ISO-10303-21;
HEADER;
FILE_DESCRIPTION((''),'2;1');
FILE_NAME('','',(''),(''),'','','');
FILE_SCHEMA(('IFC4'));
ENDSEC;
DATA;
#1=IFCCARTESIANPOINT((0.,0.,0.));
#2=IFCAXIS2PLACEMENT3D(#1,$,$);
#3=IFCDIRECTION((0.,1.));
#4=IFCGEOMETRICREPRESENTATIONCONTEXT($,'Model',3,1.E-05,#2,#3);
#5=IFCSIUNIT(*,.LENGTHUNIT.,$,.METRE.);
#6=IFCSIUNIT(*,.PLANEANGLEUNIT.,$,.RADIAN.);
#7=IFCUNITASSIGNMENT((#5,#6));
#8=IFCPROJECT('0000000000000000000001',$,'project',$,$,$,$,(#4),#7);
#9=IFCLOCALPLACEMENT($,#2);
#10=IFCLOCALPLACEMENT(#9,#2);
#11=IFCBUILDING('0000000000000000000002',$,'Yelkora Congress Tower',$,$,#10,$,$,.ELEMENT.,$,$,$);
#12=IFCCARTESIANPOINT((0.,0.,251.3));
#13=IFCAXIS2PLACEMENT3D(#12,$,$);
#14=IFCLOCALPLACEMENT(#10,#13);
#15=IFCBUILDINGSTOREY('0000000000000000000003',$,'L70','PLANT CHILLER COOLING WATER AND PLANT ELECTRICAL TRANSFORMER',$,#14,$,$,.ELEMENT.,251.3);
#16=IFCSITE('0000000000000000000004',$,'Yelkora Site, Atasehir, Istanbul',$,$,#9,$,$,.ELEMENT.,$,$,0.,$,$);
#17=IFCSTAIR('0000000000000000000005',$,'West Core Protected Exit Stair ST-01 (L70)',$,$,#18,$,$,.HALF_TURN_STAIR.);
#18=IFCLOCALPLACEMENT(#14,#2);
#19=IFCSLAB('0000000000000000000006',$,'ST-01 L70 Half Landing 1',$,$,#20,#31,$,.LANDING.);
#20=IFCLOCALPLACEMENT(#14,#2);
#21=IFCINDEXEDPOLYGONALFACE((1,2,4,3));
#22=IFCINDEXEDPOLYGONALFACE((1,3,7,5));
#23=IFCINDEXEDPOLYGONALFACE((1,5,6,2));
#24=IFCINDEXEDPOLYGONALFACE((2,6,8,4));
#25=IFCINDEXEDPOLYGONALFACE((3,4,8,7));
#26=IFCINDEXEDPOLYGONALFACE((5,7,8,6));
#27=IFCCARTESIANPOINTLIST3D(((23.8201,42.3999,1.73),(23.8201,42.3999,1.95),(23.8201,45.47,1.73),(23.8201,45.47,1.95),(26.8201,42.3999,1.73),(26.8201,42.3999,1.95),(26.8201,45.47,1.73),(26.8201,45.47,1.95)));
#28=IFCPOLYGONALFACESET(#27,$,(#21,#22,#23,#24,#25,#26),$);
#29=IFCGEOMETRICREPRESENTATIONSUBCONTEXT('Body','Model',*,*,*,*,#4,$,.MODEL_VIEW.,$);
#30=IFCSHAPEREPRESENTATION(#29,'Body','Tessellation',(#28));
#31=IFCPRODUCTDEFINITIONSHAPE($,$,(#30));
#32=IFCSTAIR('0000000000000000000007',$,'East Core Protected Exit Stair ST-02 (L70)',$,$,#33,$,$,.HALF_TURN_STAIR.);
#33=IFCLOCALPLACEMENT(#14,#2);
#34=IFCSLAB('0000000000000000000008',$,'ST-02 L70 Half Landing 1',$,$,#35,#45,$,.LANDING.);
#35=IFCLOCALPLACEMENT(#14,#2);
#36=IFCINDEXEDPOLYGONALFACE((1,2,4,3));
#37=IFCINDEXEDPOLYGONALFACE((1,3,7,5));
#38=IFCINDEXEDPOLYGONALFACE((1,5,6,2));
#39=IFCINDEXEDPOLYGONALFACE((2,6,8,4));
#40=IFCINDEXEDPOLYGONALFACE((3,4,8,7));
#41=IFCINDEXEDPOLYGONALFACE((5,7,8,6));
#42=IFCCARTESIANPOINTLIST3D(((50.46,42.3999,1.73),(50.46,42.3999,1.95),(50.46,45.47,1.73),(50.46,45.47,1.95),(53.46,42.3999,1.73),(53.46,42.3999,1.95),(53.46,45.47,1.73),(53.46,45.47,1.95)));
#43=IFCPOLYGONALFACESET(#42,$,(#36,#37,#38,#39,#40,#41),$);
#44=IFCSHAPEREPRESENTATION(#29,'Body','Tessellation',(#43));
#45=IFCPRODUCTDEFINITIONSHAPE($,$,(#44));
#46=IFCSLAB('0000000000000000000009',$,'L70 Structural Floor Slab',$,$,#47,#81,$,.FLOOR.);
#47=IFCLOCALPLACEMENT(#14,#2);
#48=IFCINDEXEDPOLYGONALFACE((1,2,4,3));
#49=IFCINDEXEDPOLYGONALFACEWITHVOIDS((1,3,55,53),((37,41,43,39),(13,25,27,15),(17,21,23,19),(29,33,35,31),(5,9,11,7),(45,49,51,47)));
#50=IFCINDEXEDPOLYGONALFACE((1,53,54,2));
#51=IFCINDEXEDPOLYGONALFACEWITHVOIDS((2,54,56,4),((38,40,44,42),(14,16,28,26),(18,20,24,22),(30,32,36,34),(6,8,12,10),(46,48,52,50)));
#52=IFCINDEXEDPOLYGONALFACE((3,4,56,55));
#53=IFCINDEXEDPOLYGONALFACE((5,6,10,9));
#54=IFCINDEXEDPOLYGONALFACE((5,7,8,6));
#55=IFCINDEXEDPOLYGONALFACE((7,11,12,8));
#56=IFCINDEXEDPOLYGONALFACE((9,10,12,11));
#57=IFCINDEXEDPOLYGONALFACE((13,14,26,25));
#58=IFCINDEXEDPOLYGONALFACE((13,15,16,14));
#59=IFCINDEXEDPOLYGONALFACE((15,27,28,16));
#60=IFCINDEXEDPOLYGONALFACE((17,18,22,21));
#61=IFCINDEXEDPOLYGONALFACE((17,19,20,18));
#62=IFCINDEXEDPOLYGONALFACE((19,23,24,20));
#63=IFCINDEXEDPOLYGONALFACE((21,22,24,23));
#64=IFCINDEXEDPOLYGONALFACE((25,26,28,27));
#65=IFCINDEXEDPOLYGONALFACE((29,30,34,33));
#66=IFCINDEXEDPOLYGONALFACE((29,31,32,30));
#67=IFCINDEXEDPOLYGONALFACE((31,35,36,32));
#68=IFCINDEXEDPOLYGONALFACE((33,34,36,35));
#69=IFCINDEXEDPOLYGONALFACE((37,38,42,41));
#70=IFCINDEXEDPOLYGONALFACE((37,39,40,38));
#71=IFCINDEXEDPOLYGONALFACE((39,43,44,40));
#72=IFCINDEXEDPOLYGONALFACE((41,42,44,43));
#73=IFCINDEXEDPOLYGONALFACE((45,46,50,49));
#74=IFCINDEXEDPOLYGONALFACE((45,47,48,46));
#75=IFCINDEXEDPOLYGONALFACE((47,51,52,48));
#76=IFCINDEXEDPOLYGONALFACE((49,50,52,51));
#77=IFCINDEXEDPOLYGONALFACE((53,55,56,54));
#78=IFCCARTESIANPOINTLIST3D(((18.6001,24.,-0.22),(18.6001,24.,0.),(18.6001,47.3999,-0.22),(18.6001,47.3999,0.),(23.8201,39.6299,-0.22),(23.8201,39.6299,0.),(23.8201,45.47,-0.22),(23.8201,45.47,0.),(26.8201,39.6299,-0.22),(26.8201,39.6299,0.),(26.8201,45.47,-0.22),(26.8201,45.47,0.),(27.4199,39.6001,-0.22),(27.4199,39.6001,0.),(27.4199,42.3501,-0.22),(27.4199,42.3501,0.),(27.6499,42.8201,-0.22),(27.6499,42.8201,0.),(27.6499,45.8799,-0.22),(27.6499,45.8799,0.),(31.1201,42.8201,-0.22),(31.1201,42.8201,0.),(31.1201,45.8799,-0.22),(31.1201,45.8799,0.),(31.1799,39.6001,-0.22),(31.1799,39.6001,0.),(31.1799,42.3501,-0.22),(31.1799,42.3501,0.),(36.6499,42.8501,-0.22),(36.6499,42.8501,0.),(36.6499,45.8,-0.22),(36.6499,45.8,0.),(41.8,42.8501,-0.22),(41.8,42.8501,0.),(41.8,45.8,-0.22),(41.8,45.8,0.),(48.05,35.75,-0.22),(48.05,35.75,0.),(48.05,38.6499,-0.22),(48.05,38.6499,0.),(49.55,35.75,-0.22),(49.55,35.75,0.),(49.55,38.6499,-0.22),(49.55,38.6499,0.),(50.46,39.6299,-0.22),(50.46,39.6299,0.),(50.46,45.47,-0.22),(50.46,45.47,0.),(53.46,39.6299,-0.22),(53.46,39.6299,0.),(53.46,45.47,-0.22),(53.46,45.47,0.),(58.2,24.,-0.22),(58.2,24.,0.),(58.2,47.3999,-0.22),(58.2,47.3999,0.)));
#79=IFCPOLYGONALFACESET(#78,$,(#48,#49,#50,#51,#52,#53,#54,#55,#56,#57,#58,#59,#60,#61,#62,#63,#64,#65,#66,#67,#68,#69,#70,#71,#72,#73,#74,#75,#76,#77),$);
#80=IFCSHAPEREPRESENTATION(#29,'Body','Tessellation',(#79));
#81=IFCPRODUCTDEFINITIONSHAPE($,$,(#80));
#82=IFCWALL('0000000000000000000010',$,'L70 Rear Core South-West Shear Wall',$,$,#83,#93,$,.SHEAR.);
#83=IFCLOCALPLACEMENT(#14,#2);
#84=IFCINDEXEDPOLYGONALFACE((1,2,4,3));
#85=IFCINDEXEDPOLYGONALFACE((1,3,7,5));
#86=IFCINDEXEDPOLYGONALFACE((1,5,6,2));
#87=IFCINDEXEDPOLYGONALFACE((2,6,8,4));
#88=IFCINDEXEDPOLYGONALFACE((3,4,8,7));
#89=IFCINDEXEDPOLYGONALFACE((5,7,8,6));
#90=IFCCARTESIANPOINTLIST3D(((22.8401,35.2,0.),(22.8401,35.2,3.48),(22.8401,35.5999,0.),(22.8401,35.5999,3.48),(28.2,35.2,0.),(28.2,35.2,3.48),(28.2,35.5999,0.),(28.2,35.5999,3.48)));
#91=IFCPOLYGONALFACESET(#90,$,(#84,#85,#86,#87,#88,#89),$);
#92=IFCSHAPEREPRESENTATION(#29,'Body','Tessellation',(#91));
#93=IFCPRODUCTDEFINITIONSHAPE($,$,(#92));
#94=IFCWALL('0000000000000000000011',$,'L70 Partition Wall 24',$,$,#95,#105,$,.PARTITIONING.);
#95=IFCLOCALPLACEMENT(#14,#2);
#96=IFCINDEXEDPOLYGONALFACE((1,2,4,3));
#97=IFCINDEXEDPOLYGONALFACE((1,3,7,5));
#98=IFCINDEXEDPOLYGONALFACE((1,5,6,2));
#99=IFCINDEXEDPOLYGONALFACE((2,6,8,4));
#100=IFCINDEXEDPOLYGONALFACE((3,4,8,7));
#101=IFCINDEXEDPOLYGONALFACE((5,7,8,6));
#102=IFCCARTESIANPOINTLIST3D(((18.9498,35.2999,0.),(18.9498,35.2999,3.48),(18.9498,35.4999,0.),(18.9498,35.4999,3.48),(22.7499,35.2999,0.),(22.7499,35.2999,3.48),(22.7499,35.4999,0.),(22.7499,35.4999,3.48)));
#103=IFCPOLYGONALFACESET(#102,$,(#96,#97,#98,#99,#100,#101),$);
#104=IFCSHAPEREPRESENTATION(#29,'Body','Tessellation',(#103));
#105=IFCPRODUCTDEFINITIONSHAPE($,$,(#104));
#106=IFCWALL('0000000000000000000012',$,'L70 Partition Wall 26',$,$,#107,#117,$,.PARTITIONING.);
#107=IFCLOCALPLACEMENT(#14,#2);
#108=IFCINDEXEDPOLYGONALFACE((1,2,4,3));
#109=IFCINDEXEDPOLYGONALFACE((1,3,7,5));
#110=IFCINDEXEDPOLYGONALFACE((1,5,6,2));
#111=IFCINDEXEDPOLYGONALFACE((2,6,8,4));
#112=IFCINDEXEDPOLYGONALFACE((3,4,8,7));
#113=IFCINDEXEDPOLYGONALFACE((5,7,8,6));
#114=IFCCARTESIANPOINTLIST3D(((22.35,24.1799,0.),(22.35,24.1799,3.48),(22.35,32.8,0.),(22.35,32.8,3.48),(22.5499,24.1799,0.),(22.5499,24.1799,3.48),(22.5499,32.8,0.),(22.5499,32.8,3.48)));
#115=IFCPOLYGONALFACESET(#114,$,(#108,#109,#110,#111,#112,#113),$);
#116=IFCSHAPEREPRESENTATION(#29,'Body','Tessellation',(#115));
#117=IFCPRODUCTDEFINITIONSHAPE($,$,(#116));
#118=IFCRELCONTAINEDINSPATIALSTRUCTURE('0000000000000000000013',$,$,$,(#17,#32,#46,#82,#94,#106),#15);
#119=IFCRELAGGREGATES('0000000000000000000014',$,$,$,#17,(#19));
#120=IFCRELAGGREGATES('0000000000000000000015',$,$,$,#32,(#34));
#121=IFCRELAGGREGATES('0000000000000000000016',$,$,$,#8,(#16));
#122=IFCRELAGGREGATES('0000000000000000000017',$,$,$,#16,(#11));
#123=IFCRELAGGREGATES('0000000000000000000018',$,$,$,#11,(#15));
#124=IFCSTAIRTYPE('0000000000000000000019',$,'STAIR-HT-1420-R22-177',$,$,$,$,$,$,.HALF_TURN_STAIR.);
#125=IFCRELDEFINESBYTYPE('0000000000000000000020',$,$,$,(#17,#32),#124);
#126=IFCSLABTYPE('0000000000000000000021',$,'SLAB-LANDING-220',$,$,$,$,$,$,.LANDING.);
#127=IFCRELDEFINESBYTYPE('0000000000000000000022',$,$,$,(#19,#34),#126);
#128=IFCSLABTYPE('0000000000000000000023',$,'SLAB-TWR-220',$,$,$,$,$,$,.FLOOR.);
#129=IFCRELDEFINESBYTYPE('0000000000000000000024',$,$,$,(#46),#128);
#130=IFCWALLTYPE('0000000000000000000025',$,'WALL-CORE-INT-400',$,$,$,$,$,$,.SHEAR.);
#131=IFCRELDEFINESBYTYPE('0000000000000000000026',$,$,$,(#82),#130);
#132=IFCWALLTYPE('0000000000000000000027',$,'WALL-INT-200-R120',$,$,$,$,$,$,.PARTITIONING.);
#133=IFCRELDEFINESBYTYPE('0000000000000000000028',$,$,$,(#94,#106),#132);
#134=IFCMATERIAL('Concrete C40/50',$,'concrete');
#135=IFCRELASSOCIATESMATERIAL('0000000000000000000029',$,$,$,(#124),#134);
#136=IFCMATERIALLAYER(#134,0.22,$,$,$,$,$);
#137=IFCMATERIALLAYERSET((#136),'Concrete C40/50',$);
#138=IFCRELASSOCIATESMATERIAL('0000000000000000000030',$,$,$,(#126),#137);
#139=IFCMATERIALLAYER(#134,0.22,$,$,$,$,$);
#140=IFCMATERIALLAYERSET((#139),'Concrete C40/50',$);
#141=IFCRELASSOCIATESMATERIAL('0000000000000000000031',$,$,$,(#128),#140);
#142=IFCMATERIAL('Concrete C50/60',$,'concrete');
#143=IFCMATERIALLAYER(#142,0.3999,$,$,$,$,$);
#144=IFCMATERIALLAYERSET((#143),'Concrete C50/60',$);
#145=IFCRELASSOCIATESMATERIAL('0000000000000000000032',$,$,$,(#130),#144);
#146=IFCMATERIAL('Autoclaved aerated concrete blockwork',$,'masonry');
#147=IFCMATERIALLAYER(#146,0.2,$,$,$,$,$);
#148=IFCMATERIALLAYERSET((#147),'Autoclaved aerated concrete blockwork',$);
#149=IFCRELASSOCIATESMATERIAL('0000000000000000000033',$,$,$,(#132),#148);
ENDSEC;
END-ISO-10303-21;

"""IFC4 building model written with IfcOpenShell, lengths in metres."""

from ifc_helpers import new_model, si_unit, direction, frame, frame_2d, origin, place, context, subcontext, project, spatial, polyline, rectangle, outline, extrude, material, layer, layer_set, type_object, element, aggregate, save


model = new_model("IFC4")

# Units and contexts
model_context = context("Model", 3, precision=1e-05, world=origin(), true_north=direction((0.0, 1.0)))
body_context = subcontext(model_context, "Body", "Model", "MODEL_VIEW")
ifc_project = project(units=[si_unit("LENGTHUNIT", "METRE"), si_unit("PLANEANGLEUNIT", "RADIAN")], contexts=[model_context])

# Site, building, storey
site_placement = place(None, origin())
site = spatial("IfcSite", under=ifc_project, at=site_placement, Name="Yelkora Site, Atasehir, Istanbul", CompositionType="ELEMENT", RefElevation=0.0)
building_placement = place(site_placement, origin())
building = spatial("IfcBuilding", under=site, at=building_placement, Name="Yelkora Congress Tower", CompositionType="ELEMENT")
storey_placement = place(building_placement, frame((0.0, 0.0, 251.3)))
storey = spatial("IfcBuildingStorey", under=building, at=storey_placement, Name="L70", Description="PLANT CHILLER COOLING WATER AND PLANT ELECTRICAL TRANSFORMER", CompositionType="ELEMENT", Elevation=251.3)

# Stairs, slabs
ifc_material_1 = material(Name="Concrete C40/50", Category="concrete")
stair_type = type_object("IfcStairType", Name="STAIR-HT-1420-R22-177", PredefinedType="HALF_TURN_STAIR", material=ifc_material_1)
stair_1_placement = place(storey_placement, origin())
stair_1 = element("IfcStair", 1, at=stair_1_placement, inside=storey, type_object=stair_type, Name="West Core Protected Exit Stair ST-01 (L70)", PredefinedType="HALF_TURN_STAIR")
ifc_layer_1 = layer(ifc_material_1, 0.22)
ifc_layer_set_1 = layer_set([ifc_layer_1], Name="Concrete C40/50")
slab_type_1 = type_object("IfcSlabType", Name="SLAB-LANDING-220", PredefinedType="LANDING", material=ifc_layer_set_1)
slab_1_placement = place(storey_placement, frame((0.0, 0.0, 1.73)))
slab_1 = element("IfcSlab", 2, at=slab_1_placement, type_object=slab_type_1, Name="ST-01 L70 Half Landing 1", PredefinedType="LANDING", context=body_context, shape_type="SweptSolid", body=[
    extrude(outline(polyline([(26.8201, 42.3999), (26.8201, 45.47), (23.8201, 45.47), (23.8201, 42.3999), (26.8201, 42.3999)])), origin(), (0.0, 0.0, 1.0), 0.22),
])
aggregate(stair_1, [slab_1])
stair_2_placement = place(storey_placement, origin())
stair_2 = element("IfcStair", 3, at=stair_2_placement, inside=storey, type_object=stair_type, Name="East Core Protected Exit Stair ST-02 (L70)", PredefinedType="HALF_TURN_STAIR")
slab_2_placement = place(storey_placement, frame((0.0, 0.0, 1.73)))
slab_2 = element("IfcSlab", 4, at=slab_2_placement, type_object=slab_type_1, Name="ST-02 L70 Half Landing 1", PredefinedType="LANDING", context=body_context, shape_type="SweptSolid", body=[
    extrude(outline(polyline([(53.46, 42.3999), (53.46, 45.47), (50.46, 45.47), (50.46, 42.3999), (53.46, 42.3999)])), origin(), (0.0, 0.0, 1.0), 0.22),
])
aggregate(stair_2, [slab_2])

# Slab
ifc_layer_2 = layer(ifc_material_1, 0.22)
ifc_layer_set_2 = layer_set([ifc_layer_2], Name="Concrete C40/50")
slab_type_2 = type_object("IfcSlabType", Name="SLAB-TWR-220", PredefinedType="FLOOR", material=ifc_layer_set_2)
slab_3_placement = place(storey_placement, frame((0.0, 0.0, -0.22)))
element("IfcSlab", 5, at=slab_3_placement, inside=storey, type_object=slab_type_2, Name="L70 Structural Floor Slab", PredefinedType="FLOOR", context=body_context, shape_type="SweptSolid", body=[
    extrude(outline(polyline([(18.6001, 24.0), (58.2, 24.0), (58.2, 47.3999), (18.6001, 47.3999), (18.6001, 24.0)]), holes=[polyline([(23.8201, 39.6299), (26.8201, 39.6299), (26.8201, 45.47), (23.8201, 45.47), (23.8201, 39.6299)]), polyline([(50.46, 39.6299), (53.46, 39.6299), (53.46, 45.47), (50.46, 45.47), (50.46, 39.6299)]), polyline([(48.05, 35.75), (49.55, 35.75), (49.55, 38.6499), (48.05, 38.6499), (48.05, 35.75)]), polyline([(36.6499, 42.8501), (41.8, 42.8501), (41.8, 45.8), (36.6499, 45.8), (36.6499, 42.8501)]), polyline([(27.4199, 39.6001), (31.1799, 39.6001), (31.1799, 42.3501), (27.4199, 42.3501), (27.4199, 39.6001)]), polyline([(27.6499, 42.8201), (31.1201, 42.8201), (31.1201, 45.8799), (27.6499, 45.8799), (27.6499, 42.8201)])]), origin(), (0.0, 0.0, 1.0), 0.22),
])

# Walls
ifc_material_2 = material(Name="Concrete C50/60", Category="concrete")
ifc_layer_3 = layer(ifc_material_2, 0.3999)
ifc_layer_set_3 = layer_set([ifc_layer_3], Name="Concrete C50/60")
wall_type_1 = type_object("IfcWallType", Name="WALL-CORE-INT-400", PredefinedType="SHEAR", material=ifc_layer_set_3)
wall_1_placement = place(storey_placement, frame((22.8401, 35.3999, 0.0), z_axis=(0.0, 0.0, 1.0), x_axis=(1.0, 0.0, 0.0)))
element("IfcWall", 6, at=wall_1_placement, inside=storey, type_object=wall_type_1, Name="L70 Rear Core South-West Shear Wall", PredefinedType="SHEAR", context=body_context, shape_type="SweptSolid", body=[
    extrude(rectangle(XDim=5.3599, YDim=0.3999, at=frame_2d((2.6799, 0.0))), origin(), (0.0, 0.0, 1.0), 3.48),
])
ifc_material_3 = material(Name="Autoclaved aerated concrete blockwork", Category="masonry")
ifc_layer_4 = layer(ifc_material_3, 0.2)
ifc_layer_set_4 = layer_set([ifc_layer_4], Name="Autoclaved aerated concrete blockwork")
wall_type_2 = type_object("IfcWallType", Name="WALL-INT-200-R120", PredefinedType="PARTITIONING", material=ifc_layer_set_4)
wall_2_placement = place(storey_placement, frame((18.95, 35.3999, 0.0), z_axis=(0.0, 0.0, 1.0), x_axis=(1.0, 0.0, 0.0)))
element("IfcWall", 7, at=wall_2_placement, inside=storey, type_object=wall_type_2, Name="L70 Partition Wall 24", PredefinedType="PARTITIONING", context=body_context, shape_type="SweptSolid", body=[
    extrude(rectangle(XDim=3.8, YDim=0.2, at=frame_2d((1.8999, 0.0))), origin(), (0.0, 0.0, 1.0), 3.48),
])
wall_3_placement = place(storey_placement, frame((22.45, 24.1799, 0.0), z_axis=(0.0, 0.0, 1.0), x_axis=(0.0, 1.0, 0.0)))
element("IfcWall", 8, at=wall_3_placement, inside=storey, type_object=wall_type_2, Name="L70 Partition Wall 26", PredefinedType="PARTITIONING", context=body_context, shape_type="SweptSolid", body=[
    extrude(rectangle(XDim=8.6201, YDim=0.2, at=frame_2d((4.3101, 0.0))), origin(), (0.0, 0.0, 1.0), 3.48),
])

save(model, "model.ifc")
